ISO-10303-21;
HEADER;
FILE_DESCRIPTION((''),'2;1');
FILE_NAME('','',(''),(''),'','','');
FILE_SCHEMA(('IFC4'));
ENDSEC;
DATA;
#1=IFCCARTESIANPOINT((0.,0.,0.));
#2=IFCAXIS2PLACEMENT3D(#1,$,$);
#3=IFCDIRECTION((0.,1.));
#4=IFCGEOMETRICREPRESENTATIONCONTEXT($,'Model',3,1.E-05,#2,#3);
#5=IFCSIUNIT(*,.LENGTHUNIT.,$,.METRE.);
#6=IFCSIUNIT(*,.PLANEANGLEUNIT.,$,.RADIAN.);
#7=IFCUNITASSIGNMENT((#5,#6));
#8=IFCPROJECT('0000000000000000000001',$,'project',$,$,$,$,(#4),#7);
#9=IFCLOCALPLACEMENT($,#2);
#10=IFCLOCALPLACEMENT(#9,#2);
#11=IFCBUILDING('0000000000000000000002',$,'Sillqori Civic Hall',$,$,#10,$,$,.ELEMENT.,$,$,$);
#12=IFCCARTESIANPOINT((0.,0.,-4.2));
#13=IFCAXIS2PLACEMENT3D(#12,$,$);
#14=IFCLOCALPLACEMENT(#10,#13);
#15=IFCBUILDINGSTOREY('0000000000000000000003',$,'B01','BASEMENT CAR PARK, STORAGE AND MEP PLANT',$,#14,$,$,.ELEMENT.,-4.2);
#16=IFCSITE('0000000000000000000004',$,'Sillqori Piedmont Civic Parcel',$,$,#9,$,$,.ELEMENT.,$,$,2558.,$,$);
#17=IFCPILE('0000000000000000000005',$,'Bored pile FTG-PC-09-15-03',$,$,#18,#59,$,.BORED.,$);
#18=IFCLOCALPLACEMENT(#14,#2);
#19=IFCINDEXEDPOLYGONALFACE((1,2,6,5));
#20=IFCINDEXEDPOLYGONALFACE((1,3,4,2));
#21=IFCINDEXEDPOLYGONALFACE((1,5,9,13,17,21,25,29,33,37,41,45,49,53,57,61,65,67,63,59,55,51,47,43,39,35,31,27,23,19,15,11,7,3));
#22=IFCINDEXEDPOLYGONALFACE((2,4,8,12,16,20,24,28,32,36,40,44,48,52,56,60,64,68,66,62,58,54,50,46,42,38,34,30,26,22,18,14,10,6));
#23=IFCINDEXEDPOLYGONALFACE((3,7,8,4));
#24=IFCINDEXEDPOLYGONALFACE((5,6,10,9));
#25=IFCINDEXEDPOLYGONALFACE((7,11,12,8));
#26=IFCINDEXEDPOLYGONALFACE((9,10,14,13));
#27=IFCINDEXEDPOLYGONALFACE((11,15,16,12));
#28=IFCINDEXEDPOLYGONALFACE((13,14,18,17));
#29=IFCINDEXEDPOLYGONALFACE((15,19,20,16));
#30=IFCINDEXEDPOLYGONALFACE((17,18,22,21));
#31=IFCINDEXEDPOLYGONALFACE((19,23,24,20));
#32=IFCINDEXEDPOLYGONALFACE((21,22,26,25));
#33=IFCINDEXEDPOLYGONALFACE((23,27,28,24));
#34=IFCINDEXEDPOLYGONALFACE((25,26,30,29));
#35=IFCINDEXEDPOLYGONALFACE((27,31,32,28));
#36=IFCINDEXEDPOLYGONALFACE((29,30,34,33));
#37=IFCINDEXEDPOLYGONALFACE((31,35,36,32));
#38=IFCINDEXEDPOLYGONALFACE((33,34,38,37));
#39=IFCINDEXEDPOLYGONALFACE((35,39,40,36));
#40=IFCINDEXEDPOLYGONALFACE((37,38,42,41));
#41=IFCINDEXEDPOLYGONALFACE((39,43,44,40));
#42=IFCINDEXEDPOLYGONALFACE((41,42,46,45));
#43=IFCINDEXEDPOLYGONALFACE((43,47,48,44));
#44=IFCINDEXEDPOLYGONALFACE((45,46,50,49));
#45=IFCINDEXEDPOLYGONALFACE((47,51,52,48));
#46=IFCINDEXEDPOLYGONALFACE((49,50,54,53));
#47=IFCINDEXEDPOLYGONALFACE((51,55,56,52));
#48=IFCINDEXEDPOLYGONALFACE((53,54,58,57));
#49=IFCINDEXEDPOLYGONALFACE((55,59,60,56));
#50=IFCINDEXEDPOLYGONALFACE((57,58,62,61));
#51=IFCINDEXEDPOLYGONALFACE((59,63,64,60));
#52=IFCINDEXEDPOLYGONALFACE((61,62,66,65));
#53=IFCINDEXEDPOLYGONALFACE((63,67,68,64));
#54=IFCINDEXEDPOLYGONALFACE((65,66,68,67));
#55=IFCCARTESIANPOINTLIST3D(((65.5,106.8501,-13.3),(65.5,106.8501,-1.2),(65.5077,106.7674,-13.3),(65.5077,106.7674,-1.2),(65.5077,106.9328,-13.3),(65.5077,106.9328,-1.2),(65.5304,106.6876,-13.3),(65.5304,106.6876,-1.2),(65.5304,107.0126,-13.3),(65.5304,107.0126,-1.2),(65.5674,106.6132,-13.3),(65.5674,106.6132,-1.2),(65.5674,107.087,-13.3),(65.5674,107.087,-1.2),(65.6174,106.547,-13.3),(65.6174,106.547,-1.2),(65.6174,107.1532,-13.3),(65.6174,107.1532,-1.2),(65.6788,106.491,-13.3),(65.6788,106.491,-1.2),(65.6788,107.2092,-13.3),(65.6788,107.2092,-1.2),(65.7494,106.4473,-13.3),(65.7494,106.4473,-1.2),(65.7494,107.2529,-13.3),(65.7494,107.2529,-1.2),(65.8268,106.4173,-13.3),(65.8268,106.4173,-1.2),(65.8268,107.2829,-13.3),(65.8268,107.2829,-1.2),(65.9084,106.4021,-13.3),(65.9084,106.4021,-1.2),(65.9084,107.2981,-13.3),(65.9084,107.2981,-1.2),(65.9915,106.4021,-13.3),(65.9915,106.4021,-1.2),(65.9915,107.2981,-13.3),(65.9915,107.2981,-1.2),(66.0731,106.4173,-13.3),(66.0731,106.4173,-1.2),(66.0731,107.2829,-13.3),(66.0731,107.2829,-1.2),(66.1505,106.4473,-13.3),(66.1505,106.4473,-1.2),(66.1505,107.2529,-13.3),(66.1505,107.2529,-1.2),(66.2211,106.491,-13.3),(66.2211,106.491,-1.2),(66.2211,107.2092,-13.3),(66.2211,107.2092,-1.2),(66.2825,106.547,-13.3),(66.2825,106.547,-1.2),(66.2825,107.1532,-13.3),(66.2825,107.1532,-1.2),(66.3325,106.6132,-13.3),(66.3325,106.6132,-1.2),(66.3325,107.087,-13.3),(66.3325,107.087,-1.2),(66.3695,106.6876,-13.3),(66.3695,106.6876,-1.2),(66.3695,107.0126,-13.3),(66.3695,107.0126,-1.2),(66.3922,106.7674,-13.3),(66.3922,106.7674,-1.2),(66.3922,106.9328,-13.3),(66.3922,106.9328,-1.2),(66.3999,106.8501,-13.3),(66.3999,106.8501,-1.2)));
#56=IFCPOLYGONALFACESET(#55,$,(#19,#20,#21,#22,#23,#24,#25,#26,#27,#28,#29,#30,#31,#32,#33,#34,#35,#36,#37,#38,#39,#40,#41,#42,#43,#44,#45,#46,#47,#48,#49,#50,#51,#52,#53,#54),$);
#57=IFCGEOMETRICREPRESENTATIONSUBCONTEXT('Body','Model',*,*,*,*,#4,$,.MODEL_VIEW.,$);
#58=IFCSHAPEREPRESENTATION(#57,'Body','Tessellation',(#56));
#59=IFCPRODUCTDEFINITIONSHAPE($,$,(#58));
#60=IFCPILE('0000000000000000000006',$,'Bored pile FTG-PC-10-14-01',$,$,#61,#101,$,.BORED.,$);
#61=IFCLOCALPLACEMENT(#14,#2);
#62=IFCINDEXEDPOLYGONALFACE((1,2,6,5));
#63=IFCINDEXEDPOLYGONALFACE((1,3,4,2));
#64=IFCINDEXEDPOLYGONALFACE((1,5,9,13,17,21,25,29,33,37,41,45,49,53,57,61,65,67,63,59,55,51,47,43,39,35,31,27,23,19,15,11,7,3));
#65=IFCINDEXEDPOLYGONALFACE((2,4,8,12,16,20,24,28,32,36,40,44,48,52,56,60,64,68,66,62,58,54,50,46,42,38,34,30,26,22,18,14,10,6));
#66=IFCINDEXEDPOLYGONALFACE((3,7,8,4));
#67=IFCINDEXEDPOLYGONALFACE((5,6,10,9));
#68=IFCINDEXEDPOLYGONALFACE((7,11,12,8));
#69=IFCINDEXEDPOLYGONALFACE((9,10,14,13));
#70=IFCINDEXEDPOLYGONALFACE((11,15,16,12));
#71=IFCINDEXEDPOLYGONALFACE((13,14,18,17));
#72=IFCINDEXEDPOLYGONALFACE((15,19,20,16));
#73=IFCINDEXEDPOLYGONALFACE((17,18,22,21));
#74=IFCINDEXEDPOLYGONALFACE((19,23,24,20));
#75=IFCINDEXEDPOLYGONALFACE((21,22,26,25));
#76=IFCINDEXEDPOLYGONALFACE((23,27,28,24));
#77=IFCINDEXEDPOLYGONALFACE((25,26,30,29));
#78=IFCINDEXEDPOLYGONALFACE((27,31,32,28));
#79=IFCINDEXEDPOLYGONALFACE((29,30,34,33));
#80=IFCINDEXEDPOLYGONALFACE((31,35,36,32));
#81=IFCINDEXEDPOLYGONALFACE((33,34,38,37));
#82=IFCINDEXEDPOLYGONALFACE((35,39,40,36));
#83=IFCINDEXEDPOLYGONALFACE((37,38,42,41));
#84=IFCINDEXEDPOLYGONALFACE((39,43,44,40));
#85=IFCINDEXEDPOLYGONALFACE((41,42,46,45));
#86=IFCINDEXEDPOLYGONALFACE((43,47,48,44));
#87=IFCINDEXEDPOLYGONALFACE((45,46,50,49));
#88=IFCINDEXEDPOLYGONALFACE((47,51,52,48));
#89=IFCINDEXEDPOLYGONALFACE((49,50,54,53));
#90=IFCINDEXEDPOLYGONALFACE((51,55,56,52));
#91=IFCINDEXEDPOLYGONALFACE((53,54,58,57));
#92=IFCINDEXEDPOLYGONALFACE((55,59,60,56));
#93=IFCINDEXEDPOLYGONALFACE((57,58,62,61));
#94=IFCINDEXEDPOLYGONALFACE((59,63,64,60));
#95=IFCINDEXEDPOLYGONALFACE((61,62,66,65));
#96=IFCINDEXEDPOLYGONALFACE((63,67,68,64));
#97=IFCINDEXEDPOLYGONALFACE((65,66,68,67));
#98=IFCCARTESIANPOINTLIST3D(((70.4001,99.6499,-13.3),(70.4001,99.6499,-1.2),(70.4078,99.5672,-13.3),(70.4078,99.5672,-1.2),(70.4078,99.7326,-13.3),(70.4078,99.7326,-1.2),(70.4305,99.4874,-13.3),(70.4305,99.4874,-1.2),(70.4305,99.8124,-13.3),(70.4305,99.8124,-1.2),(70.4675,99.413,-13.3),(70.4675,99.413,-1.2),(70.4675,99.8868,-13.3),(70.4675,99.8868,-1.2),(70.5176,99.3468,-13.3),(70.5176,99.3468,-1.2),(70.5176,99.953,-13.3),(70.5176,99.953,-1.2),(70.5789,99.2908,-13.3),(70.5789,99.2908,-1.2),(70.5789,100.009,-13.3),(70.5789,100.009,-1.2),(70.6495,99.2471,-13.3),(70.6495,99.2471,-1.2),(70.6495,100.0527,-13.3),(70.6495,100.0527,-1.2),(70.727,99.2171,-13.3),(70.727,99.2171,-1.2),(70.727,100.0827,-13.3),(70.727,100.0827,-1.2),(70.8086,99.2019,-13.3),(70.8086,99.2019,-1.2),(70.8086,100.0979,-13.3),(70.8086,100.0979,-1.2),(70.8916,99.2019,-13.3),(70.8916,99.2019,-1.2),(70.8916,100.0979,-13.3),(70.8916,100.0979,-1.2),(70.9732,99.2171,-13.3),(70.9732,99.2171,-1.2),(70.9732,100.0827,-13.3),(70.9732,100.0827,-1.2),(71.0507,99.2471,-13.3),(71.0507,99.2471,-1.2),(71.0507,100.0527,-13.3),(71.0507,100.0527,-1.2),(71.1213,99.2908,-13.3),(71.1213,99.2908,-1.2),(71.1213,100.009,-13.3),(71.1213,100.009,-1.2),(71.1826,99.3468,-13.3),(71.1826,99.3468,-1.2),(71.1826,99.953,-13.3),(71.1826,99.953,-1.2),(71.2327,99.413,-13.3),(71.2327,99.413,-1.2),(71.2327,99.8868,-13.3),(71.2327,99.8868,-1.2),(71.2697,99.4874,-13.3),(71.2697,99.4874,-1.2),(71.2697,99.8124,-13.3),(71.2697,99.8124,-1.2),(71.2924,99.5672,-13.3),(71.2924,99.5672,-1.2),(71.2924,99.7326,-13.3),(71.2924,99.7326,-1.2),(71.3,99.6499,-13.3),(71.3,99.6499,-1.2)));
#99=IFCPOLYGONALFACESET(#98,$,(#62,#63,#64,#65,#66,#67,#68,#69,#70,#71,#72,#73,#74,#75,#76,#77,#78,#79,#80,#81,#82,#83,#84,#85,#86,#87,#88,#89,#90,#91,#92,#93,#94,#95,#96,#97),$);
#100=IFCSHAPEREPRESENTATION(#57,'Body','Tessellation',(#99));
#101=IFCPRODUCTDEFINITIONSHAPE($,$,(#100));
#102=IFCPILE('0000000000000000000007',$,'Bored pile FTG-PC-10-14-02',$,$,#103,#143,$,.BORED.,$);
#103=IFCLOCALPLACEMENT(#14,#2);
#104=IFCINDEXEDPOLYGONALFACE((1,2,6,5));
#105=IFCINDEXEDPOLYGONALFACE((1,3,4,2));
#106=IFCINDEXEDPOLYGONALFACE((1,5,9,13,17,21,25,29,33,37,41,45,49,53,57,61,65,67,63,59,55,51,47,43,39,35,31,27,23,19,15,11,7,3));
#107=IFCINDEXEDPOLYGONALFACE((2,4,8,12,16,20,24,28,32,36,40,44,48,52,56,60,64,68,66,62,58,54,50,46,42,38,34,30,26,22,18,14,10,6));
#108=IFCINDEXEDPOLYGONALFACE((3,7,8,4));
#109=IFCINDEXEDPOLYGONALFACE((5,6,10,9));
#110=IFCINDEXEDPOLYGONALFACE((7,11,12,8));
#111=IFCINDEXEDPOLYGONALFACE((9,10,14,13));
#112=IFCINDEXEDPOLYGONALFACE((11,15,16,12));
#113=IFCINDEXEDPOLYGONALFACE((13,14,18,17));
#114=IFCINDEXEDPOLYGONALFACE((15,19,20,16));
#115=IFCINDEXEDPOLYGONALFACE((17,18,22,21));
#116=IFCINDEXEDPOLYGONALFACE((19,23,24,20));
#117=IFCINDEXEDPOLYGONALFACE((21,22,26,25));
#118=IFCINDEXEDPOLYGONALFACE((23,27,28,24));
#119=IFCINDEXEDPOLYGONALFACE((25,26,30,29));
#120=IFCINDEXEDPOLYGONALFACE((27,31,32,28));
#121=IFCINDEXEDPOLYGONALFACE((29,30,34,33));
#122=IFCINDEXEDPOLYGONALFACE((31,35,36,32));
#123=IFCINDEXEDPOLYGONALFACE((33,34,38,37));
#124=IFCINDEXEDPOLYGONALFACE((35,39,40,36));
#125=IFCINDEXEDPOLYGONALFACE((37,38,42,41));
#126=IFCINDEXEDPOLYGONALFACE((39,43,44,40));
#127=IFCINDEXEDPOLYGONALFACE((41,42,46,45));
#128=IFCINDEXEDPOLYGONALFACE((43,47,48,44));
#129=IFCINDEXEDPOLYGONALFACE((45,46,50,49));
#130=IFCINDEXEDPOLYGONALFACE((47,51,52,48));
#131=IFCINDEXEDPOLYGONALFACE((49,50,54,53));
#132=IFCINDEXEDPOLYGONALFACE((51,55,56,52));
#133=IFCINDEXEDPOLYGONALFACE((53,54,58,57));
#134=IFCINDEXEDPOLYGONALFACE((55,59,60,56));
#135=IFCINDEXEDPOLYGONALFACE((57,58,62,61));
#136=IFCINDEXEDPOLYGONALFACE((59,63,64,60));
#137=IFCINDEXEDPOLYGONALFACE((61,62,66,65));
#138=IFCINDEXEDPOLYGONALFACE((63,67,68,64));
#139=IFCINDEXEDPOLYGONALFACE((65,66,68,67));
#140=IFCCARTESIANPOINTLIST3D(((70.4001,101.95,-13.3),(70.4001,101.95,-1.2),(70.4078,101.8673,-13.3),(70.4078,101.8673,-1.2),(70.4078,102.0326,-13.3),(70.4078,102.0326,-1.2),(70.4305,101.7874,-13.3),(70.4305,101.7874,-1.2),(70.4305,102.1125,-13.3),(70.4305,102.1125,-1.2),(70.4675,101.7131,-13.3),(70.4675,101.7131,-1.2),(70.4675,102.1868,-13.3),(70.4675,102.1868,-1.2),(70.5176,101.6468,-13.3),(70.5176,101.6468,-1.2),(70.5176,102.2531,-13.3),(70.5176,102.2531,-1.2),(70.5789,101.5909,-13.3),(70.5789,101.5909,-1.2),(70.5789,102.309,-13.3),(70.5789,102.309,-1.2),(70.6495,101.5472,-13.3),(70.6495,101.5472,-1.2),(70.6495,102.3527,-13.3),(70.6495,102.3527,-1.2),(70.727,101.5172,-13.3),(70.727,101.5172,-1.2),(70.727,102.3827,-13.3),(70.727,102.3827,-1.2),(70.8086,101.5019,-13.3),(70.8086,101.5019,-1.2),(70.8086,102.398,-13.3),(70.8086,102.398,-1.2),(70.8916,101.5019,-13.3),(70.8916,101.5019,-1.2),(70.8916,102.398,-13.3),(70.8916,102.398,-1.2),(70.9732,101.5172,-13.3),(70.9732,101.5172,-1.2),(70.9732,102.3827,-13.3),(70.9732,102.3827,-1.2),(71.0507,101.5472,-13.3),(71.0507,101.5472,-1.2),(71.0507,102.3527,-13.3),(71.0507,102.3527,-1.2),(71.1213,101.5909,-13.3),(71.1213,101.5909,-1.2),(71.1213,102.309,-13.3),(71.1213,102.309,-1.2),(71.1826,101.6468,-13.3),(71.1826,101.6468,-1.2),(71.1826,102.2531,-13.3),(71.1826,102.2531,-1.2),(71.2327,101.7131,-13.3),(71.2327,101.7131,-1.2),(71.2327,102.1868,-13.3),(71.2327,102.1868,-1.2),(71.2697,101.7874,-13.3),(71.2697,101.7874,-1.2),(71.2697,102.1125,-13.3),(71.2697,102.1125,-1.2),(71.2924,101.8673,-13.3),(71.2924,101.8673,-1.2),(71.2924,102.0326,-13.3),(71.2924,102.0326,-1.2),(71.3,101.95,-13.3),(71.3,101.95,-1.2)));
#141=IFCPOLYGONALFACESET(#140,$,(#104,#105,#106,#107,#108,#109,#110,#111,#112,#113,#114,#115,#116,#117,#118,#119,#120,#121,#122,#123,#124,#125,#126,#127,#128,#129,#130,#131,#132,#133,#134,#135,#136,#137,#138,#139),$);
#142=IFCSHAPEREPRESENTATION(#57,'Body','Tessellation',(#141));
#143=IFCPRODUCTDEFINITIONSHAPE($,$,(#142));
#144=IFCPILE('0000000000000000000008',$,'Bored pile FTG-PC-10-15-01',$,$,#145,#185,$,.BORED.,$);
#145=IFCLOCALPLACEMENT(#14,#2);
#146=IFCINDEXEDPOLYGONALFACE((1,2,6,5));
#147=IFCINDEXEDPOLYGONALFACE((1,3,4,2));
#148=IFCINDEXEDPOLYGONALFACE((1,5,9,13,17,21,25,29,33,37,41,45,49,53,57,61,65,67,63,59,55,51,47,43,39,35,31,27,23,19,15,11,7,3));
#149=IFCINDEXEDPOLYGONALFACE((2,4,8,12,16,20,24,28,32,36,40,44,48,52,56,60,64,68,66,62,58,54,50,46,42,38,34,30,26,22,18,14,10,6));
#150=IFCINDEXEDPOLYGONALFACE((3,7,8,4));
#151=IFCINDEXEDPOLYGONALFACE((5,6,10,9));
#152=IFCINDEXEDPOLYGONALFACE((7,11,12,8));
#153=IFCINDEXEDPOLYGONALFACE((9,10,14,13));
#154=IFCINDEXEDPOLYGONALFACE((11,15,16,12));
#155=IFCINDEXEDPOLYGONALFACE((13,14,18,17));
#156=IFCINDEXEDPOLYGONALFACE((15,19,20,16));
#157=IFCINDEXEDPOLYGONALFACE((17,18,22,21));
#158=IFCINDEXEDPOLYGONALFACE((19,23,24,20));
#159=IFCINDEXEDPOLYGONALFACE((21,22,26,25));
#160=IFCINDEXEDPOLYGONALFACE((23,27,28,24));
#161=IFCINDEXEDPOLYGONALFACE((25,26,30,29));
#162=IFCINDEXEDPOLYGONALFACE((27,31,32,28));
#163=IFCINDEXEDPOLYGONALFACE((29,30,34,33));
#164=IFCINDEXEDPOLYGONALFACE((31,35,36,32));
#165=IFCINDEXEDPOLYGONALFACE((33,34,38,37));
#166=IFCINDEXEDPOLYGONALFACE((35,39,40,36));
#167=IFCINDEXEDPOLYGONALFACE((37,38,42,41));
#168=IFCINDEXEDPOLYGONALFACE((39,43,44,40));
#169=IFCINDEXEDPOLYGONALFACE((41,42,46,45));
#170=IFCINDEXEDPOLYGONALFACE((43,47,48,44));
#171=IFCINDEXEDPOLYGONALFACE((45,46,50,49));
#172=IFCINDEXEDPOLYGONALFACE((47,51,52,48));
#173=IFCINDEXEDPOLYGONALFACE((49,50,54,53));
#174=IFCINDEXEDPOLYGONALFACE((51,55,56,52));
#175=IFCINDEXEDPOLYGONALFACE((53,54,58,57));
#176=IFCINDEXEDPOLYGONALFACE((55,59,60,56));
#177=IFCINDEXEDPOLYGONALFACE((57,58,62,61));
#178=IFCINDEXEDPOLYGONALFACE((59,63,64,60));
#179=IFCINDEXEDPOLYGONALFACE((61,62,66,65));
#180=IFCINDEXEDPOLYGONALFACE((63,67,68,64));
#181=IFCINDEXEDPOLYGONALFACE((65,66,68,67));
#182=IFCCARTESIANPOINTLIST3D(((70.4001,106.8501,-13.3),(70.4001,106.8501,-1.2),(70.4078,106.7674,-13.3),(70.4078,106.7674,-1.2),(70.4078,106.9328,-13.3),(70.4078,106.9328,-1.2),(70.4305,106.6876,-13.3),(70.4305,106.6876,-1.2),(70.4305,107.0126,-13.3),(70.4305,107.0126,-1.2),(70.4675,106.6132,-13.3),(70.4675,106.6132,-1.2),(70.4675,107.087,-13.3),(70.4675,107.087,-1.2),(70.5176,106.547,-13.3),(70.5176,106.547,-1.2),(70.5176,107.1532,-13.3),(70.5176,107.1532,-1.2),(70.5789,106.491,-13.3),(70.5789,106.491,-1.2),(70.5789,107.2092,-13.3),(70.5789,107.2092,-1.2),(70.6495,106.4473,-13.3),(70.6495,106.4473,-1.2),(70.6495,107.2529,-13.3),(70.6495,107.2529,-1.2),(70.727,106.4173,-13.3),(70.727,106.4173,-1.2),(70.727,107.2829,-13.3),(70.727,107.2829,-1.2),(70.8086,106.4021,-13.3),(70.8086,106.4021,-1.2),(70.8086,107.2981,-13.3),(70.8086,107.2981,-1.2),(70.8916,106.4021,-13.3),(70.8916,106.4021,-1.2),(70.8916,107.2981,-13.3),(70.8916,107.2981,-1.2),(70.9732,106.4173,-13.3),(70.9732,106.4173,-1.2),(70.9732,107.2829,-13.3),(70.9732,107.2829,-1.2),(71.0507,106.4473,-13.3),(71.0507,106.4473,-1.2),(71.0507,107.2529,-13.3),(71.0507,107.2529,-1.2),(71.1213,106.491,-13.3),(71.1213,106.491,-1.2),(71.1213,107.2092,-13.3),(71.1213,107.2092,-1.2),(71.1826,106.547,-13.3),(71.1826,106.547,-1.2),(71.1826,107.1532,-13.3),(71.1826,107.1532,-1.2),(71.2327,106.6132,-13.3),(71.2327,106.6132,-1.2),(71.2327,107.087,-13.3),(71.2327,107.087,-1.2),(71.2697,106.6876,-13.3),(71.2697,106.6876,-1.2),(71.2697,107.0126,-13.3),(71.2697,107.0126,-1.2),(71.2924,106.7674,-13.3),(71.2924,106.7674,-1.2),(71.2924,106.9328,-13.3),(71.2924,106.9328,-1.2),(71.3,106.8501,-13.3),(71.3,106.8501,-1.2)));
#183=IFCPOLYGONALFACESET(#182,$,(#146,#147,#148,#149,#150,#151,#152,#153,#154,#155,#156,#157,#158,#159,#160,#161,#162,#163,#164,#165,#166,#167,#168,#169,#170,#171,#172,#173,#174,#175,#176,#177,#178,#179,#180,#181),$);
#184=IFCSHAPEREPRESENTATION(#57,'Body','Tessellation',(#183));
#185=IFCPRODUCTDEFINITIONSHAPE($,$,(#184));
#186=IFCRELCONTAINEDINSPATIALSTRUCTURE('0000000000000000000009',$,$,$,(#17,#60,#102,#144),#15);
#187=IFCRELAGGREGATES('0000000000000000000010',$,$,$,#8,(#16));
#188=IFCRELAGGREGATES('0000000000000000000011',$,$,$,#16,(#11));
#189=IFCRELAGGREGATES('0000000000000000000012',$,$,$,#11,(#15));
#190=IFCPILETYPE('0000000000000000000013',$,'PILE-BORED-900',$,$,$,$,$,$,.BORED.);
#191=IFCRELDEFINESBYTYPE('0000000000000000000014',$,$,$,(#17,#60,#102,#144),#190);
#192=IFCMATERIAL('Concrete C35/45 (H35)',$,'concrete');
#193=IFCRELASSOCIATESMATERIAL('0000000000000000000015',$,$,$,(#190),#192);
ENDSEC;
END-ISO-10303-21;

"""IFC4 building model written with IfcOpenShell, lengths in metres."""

from ifc_helpers import new_model, si_unit, direction, frame, origin, origin_2d, place, context, subcontext, project, spatial, circle, extrude, material, material_profile, profile_set, type_object, element, save


model = new_model("IFC4")

# Units and contexts
model_context = context("Model", 3, precision=1e-05, world=origin(), true_north=direction((0.0, 1.0)))
body_context = subcontext(model_context, "Body", "Model", "MODEL_VIEW")
ifc_project = project(units=[si_unit("LENGTHUNIT", "METRE"), si_unit("PLANEANGLEUNIT", "RADIAN")], contexts=[model_context])

# Site, building, storey
site_placement = place(None, origin())
site = spatial("IfcSite", under=ifc_project, at=site_placement, Name="Sillqori Piedmont Civic Parcel", CompositionType="ELEMENT", RefElevation=2558.0)
building_placement = place(site_placement, origin())
building = spatial("IfcBuilding", under=site, at=building_placement, Name="Sillqori Civic Hall", CompositionType="ELEMENT")
storey_placement = place(building_placement, frame((0.0, 0.0, -4.2)))
storey = spatial("IfcBuildingStorey", under=building, at=storey_placement, Name="B01", Description="BASEMENT CAR PARK, STORAGE AND MEP PLANT", CompositionType="ELEMENT", Elevation=-4.2)

# Shared definitions
ifc_material_1 = material(Name="Concrete C35/45 (H35)", Category="concrete")

# Piles
ifc_material_profile_1 = material_profile(ifc_material_1, circle(Radius=0.45, at=origin_2d()), Name="BORED PILE 900")
ifc_profile_set_1 = profile_set([ifc_material_profile_1], Name="Concrete C35/45 (H35)")
pile_type = type_object("IfcPileType", Name="PILE-BORED-900", PredefinedType="BORED", material=ifc_profile_set_1)
for number, where, z_axis, x_axis, name in (
    (1, (65.95, 106.8501, -1.2), (0.0, 0.0, -1.0), (1.0, 0.0, 0.0), "Bored pile FTG-PC-09-15-03"),
    (2, (70.8501, 99.6499, -1.2), (0.0, 0.0, -1.0), (1.0, 0.0, 0.0), "Bored pile FTG-PC-10-14-01"),
    (3, (70.8501, 101.95, -1.2), (0.0, 0.0, -1.0), (1.0, 0.0, 0.0), "Bored pile FTG-PC-10-14-02"),
    (4, (70.8501, 106.8501, -1.2), (0.0, 0.0, -1.0), (1.0, 0.0, 0.0), "Bored pile FTG-PC-10-15-01"),
):
    element("IfcPile", number, at=place(storey_placement, frame(where, z_axis=z_axis, x_axis=x_axis)), inside=storey, type_object=pile_type, Name=name, PredefinedType="BORED", context=body_context, shape_type="SweptSolid", body=[
        extrude(circle(Radius=0.45, at=origin_2d()), origin(), (0.0, 0.0, 1.0), 12.1001),
    ])

save(model, "model.ifc")
